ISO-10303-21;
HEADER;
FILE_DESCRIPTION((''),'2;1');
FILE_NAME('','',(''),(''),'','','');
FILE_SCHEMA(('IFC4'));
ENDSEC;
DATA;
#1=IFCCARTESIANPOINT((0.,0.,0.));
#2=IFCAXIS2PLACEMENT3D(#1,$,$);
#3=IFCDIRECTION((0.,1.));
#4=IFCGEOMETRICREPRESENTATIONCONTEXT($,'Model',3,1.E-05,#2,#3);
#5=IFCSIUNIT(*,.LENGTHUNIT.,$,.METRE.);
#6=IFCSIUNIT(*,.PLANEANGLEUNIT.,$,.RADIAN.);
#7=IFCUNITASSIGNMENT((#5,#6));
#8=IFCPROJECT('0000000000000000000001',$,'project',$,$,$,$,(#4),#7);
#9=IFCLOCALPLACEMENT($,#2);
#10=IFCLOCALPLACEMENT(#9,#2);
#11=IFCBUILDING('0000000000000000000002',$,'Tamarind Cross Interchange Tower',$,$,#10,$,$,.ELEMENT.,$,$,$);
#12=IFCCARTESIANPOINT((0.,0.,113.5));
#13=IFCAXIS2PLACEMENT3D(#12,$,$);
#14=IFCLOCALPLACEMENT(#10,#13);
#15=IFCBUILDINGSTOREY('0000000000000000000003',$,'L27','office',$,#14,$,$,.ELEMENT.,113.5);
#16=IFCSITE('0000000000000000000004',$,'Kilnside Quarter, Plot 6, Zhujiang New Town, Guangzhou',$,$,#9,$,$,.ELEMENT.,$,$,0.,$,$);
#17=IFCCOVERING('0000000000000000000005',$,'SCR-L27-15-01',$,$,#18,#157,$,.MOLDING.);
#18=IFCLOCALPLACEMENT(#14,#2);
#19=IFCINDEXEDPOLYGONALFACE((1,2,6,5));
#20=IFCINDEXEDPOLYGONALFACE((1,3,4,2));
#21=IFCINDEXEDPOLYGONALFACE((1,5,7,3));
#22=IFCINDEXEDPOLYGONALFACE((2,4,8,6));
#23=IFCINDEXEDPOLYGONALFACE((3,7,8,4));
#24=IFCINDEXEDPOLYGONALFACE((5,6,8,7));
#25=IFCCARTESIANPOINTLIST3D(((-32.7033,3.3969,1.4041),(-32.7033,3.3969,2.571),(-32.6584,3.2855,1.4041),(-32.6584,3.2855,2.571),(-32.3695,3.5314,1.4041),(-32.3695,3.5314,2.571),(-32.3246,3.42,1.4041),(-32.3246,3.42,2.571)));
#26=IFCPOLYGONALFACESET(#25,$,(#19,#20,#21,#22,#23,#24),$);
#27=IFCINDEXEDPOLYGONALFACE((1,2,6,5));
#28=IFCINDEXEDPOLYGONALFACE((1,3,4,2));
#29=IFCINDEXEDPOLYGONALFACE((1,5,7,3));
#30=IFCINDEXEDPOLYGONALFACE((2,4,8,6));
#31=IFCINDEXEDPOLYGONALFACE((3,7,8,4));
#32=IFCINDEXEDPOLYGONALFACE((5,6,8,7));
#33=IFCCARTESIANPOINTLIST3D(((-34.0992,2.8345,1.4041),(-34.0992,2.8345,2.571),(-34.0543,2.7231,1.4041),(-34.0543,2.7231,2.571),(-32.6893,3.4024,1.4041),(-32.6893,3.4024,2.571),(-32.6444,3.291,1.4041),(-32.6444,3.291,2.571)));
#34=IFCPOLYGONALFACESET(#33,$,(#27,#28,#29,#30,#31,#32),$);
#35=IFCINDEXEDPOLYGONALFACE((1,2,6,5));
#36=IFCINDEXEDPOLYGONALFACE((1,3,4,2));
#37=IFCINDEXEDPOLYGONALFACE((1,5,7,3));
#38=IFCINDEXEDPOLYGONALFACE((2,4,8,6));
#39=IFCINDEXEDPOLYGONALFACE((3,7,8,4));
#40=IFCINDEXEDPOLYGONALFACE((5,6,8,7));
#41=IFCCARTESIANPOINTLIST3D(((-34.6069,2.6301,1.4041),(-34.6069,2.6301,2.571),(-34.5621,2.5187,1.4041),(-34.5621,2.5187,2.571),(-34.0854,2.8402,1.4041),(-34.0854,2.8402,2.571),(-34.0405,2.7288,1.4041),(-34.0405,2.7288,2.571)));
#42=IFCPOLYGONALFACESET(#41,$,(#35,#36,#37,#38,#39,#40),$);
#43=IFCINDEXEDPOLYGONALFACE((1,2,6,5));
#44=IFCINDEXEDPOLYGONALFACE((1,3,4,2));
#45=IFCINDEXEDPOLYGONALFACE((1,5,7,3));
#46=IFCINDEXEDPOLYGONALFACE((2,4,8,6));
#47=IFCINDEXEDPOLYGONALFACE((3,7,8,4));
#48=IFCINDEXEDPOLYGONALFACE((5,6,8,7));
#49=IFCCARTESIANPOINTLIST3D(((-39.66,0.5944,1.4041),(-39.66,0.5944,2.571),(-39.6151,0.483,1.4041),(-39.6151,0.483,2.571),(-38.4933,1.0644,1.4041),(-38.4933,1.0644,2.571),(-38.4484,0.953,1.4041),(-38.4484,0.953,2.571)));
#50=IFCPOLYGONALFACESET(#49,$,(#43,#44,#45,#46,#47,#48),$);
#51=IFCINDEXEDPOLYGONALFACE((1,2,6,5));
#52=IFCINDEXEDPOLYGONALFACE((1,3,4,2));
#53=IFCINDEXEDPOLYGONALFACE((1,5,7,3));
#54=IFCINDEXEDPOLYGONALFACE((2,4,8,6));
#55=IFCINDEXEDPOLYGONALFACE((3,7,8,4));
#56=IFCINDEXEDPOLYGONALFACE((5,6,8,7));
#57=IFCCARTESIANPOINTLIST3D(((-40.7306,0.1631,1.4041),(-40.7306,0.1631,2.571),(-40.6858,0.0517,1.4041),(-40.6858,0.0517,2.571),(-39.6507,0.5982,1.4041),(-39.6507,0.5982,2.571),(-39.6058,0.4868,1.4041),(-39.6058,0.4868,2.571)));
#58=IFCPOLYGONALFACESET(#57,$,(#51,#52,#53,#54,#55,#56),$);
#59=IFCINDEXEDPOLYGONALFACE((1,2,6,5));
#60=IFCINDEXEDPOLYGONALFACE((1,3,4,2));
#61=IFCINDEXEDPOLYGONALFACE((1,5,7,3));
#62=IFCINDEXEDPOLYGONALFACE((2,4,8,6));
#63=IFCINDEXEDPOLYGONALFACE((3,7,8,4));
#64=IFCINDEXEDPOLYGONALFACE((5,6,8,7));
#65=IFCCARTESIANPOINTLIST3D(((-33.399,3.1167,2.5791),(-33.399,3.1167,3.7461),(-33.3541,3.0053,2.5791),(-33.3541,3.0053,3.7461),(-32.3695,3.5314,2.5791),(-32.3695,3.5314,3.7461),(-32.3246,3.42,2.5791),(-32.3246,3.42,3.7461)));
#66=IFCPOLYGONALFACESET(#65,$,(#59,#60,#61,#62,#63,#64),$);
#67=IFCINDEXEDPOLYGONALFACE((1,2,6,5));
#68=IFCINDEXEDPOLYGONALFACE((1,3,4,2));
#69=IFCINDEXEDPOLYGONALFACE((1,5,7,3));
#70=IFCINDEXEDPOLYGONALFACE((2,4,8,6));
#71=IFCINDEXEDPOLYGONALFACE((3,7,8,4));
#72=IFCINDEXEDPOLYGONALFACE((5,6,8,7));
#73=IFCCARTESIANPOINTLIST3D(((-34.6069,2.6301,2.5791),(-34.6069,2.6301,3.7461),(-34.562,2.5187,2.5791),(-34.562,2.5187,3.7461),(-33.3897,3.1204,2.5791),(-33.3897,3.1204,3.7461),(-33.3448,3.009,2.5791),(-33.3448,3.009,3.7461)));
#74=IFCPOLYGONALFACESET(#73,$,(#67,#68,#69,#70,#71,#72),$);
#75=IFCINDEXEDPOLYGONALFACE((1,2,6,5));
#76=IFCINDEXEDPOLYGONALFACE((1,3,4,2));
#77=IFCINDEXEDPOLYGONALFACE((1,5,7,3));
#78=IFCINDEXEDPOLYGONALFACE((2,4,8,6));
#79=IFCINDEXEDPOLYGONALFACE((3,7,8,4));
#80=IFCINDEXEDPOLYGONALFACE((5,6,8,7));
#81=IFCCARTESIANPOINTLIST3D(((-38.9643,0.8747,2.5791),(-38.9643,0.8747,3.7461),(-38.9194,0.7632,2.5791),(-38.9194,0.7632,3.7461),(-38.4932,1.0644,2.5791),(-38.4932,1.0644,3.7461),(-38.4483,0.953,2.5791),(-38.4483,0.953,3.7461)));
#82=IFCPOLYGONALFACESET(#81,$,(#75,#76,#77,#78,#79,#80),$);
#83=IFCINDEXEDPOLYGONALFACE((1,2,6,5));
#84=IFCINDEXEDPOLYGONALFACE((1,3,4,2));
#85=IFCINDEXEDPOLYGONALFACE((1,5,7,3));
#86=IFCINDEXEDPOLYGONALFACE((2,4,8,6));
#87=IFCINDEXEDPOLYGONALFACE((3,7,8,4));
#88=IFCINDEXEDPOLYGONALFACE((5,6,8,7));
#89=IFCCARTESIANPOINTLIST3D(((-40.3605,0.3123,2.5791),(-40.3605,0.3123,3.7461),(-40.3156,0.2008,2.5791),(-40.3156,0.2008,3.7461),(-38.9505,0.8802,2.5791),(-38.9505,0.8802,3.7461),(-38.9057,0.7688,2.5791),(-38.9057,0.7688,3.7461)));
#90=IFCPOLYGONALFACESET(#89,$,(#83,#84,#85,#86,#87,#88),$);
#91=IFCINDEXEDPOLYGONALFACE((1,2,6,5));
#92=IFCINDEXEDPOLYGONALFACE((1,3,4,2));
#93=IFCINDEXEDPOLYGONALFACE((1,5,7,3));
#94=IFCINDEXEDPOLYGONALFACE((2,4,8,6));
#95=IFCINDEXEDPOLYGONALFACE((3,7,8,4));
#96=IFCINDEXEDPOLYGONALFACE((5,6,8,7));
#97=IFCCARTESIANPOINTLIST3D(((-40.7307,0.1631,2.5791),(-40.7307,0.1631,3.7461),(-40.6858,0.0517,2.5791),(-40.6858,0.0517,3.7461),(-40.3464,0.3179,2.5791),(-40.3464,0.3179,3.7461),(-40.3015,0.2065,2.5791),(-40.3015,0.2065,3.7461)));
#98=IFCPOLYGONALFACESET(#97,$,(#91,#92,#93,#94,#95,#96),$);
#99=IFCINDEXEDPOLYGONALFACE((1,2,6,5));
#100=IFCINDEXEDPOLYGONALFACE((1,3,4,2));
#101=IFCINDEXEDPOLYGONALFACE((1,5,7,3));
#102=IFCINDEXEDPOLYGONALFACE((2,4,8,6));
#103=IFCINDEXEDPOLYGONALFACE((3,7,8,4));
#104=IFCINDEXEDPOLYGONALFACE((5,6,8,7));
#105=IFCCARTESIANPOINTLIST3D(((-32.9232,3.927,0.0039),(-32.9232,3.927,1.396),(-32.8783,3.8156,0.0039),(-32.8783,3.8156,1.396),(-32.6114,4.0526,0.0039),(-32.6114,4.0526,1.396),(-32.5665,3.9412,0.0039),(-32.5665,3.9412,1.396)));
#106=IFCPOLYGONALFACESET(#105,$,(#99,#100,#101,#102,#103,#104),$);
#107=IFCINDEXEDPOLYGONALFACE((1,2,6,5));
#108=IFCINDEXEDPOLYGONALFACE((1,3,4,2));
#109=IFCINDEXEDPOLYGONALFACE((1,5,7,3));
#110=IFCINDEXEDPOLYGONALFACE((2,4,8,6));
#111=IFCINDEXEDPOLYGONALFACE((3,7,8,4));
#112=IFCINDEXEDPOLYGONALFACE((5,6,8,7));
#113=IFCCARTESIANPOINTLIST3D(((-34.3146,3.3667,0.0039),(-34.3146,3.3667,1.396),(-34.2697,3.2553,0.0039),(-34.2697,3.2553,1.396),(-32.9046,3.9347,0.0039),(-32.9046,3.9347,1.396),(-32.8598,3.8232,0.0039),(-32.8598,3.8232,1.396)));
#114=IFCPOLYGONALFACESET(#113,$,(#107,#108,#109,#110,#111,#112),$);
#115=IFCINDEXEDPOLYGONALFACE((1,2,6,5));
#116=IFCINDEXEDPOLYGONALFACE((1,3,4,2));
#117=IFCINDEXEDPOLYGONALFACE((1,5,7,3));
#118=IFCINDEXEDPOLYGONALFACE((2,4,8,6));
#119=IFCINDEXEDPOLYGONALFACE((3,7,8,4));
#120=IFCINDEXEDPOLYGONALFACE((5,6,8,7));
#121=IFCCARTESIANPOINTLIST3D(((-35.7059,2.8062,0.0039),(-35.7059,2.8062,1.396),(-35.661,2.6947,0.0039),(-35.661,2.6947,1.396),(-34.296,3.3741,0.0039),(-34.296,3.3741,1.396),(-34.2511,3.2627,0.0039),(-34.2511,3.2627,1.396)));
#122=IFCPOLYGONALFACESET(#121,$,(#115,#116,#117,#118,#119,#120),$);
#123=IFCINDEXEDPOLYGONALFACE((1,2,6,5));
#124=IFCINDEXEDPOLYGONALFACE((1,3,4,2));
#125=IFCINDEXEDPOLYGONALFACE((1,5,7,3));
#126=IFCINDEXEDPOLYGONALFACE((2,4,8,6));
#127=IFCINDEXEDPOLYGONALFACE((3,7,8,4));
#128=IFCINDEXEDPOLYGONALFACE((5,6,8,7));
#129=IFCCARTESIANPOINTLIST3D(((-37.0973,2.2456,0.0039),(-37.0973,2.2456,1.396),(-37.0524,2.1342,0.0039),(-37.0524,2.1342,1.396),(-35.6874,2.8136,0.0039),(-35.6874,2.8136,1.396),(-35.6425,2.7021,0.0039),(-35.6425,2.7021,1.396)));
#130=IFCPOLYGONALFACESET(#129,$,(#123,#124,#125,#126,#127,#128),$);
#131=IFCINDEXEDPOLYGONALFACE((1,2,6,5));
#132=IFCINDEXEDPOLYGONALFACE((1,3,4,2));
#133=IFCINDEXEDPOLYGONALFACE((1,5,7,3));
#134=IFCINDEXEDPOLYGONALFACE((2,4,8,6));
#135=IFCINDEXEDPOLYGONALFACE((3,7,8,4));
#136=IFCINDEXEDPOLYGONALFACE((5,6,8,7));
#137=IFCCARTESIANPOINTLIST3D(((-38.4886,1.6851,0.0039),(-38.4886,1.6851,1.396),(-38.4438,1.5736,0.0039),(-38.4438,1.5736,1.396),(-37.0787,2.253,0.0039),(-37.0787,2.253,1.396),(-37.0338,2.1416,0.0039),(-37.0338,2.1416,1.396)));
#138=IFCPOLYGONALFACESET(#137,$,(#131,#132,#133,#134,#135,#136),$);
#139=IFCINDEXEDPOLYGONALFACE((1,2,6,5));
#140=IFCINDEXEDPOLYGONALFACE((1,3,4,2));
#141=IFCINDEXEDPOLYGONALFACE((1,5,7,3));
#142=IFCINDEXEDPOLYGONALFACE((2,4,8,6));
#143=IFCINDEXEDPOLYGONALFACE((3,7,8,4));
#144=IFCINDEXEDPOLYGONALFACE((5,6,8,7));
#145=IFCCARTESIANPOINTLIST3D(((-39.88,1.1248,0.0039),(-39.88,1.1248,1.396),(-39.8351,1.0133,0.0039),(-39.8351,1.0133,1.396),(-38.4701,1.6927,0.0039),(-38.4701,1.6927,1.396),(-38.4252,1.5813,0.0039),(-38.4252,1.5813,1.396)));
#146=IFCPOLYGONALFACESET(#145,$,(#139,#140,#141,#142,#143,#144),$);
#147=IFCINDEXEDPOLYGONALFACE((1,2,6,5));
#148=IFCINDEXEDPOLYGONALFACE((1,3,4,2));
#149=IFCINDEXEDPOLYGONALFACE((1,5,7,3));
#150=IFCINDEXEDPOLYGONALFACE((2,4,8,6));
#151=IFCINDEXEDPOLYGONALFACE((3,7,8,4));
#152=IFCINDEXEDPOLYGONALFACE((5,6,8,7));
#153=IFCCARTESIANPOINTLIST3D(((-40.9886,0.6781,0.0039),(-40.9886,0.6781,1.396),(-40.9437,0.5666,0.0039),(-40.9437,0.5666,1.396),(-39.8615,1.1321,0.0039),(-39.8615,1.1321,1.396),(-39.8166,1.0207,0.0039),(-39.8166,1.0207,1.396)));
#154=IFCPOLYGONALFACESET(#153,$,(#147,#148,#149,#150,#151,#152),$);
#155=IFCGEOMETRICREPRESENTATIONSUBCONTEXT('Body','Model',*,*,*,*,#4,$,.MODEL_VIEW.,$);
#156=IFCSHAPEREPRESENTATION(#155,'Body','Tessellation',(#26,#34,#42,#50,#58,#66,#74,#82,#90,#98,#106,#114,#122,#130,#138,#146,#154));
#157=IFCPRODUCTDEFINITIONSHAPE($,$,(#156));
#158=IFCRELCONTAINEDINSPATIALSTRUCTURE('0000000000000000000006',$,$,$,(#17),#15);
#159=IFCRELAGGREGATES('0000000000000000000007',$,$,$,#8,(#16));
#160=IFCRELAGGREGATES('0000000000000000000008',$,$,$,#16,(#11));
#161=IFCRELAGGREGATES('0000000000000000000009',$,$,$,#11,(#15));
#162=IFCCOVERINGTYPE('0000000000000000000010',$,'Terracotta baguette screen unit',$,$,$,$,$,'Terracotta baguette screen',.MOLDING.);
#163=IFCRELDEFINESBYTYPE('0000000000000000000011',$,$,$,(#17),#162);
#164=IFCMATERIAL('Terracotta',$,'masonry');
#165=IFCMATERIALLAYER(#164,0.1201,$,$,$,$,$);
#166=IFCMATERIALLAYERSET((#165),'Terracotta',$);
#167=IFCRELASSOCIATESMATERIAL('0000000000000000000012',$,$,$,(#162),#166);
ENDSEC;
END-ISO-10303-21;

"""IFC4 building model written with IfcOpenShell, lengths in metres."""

from ifc_helpers import new_model, si_unit, direction, frame, origin, origin_2d, place, context, subcontext, project, spatial, rectangle, extrude, material, layer, layer_set, type_object, element, save


model = new_model("IFC4")

# Units and contexts
model_context = context("Model", 3, precision=1e-05, world=origin(), true_north=direction((0.0, 1.0)))
body_context = subcontext(model_context, "Body", "Model", "MODEL_VIEW")
ifc_project = project(units=[si_unit("LENGTHUNIT", "METRE"), si_unit("PLANEANGLEUNIT", "RADIAN")], contexts=[model_context])

# Site, building, storey
site_placement = place(None, origin())
site = spatial("IfcSite", under=ifc_project, at=site_placement, Name="Kilnside Quarter, Plot 6, Zhujiang New Town, Guangzhou", CompositionType="ELEMENT", RefElevation=0.0)
building_placement = place(site_placement, origin())
building = spatial("IfcBuilding", under=site, at=building_placement, Name="Tamarind Cross Interchange Tower", CompositionType="ELEMENT")
storey_placement = place(building_placement, frame((0.0, 0.0, 113.5)))
storey = spatial("IfcBuildingStorey", under=building, at=storey_placement, Name="L27", Description="office", CompositionType="ELEMENT", Elevation=113.5)

# Covering
ifc_material_1 = material(Name="Terracotta", Category="masonry")
ifc_layer_1 = layer(ifc_material_1, 0.1201)
ifc_layer_set_1 = layer_set([ifc_layer_1], Name="Terracotta")
covering_type = type_object("IfcCoveringType", Name="Terracotta baguette screen unit", ElementType="Terracotta baguette screen", PredefinedType="MOLDING", material=ifc_layer_set_1)
covering_1_placement = place(storey_placement, origin())
element("IfcCovering", 1, at=covering_1_placement, inside=storey, type_object=covering_type, Name="SCR-L27-15-01", PredefinedType="MOLDING", context=body_context, shape_type="SweptSolid", body=[
    extrude(rectangle(XDim=0.3599, YDim=0.1201, at=origin_2d()), frame((-32.5139, 3.4084, 1.4041), z_axis=(0.0, 0.0, 1.0), x_axis=(-0.92757, -0.373648, 0.0)), (0.0, 0.0, 1.0), 1.167),
    extrude(rectangle(XDim=1.52, YDim=0.1201, at=origin_2d()), frame((-33.3718, 3.0627, 1.4041), z_axis=(0.0, 0.0, 1.0), x_axis=(-0.92757, -0.373648, 0.0)), (0.0, 0.0, 1.0), 1.167),
    extrude(rectangle(XDim=0.5623, YDim=0.1201, at=origin_2d()), frame((-34.3237, 2.6794, 1.4041), z_axis=(0.0, 0.0, 1.0), x_axis=(-0.92757, -0.373648, 0.0)), (0.0, 0.0, 1.0), 1.167),
    extrude(rectangle(XDim=1.2578, YDim=0.1201, at=origin_2d()), frame((-39.0542, 0.7737, 1.4041), z_axis=(0.0, 0.0, 1.0), x_axis=(-0.92757, -0.373648, 0.0)), (0.0, 0.0, 1.0), 1.167),
    extrude(rectangle(XDim=1.1643, YDim=0.1201, at=origin_2d()), frame((-40.1682, 0.325, 1.4041), z_axis=(0.0, 0.0, 1.0), x_axis=(-0.92757, -0.373648, 0.0)), (0.0, 0.0, 1.0), 1.167),
    extrude(rectangle(XDim=1.1099, YDim=0.1201, at=origin_2d()), frame((-32.8618, 3.2683, 2.5791), z_axis=(0.0, 0.0, 1.0), x_axis=(-0.92757, -0.373648, 0.0)), (0.0, 0.0, 1.0), 1.167),
    extrude(rectangle(XDim=1.3123, YDim=0.1201, at=origin_2d()), frame((-33.9758, 2.8196, 2.5791), z_axis=(0.0, 0.0, 1.0), x_axis=(-0.92757, -0.373648, 0.0)), (0.0, 0.0, 1.0), 1.167),
    extrude(rectangle(XDim=0.5078, YDim=0.1201, at=origin_2d()), frame((-38.7063, 0.9138, 2.5791), z_axis=(0.0, 0.0, 1.0), x_axis=(-0.92757, -0.373648, 0.0)), (0.0, 0.0, 1.0), 1.167),
    extrude(rectangle(XDim=1.52, YDim=0.1201, at=origin_2d()), frame((-39.6331, 0.5405, 2.5791), z_axis=(0.0, 0.0, 1.0), x_axis=(-0.92757, -0.373648, 0.0)), (0.0, 0.0, 1.0), 1.167),
    extrude(rectangle(XDim=0.4143, YDim=0.1201, at=origin_2d()), frame((-40.5161, 0.1848, 2.5791), z_axis=(0.0, 0.0, 1.0), x_axis=(-0.92757, -0.373648, 0.0)), (0.0, 0.0, 1.0), 1.167),
    extrude(rectangle(XDim=0.3362, YDim=0.1201, at=origin_2d()), frame((-32.7449, 3.9341, 0.0039), z_axis=(0.0, 0.0, 1.0), x_axis=(-0.92757, -0.373648, 0.0)), (0.0, 0.0, 1.0), 1.3921),
    extrude(rectangle(XDim=1.52, YDim=0.1201, at=origin_2d()), frame((-33.5872, 3.595, 0.0039), z_axis=(0.0, 0.0, 1.0), x_axis=(-0.92757, -0.373648, 0.0)), (0.0, 0.0, 1.0), 1.3921),
    extrude(rectangle(XDim=1.52, YDim=0.1201, at=origin_2d()), frame((-34.9785, 3.0344, 0.0039), z_axis=(0.0, 0.0, 1.0), x_axis=(-0.92757, -0.373648, 0.0)), (0.0, 0.0, 1.0), 1.3921),
    extrude(rectangle(XDim=1.52, YDim=0.1201, at=origin_2d()), frame((-36.3699, 2.4739, 0.0039), z_axis=(0.0, 0.0, 1.0), x_axis=(-0.92757, -0.373648, 0.0)), (0.0, 0.0, 1.0), 1.3921),
    extrude(rectangle(XDim=1.52, YDim=0.1201, at=origin_2d()), frame((-37.7612, 1.9133, 0.0039), z_axis=(0.0, 0.0, 1.0), x_axis=(-0.92757, -0.373648, 0.0)), (0.0, 0.0, 1.0), 1.3921),
    extrude(rectangle(XDim=1.52, YDim=0.1201, at=origin_2d()), frame((-39.1526, 1.353, 0.0039), z_axis=(0.0, 0.0, 1.0), x_axis=(-0.92757, -0.373648, 0.0)), (0.0, 0.0, 1.0), 1.3921),
    extrude(rectangle(XDim=1.2151, YDim=0.1201, at=origin_2d()), frame((-40.4026, 0.8494, 0.0039), z_axis=(0.0, 0.0, 1.0), x_axis=(-0.92757, -0.373648, 0.0)), (0.0, 0.0, 1.0), 1.3921),
])

save(model, "model.ifc")
